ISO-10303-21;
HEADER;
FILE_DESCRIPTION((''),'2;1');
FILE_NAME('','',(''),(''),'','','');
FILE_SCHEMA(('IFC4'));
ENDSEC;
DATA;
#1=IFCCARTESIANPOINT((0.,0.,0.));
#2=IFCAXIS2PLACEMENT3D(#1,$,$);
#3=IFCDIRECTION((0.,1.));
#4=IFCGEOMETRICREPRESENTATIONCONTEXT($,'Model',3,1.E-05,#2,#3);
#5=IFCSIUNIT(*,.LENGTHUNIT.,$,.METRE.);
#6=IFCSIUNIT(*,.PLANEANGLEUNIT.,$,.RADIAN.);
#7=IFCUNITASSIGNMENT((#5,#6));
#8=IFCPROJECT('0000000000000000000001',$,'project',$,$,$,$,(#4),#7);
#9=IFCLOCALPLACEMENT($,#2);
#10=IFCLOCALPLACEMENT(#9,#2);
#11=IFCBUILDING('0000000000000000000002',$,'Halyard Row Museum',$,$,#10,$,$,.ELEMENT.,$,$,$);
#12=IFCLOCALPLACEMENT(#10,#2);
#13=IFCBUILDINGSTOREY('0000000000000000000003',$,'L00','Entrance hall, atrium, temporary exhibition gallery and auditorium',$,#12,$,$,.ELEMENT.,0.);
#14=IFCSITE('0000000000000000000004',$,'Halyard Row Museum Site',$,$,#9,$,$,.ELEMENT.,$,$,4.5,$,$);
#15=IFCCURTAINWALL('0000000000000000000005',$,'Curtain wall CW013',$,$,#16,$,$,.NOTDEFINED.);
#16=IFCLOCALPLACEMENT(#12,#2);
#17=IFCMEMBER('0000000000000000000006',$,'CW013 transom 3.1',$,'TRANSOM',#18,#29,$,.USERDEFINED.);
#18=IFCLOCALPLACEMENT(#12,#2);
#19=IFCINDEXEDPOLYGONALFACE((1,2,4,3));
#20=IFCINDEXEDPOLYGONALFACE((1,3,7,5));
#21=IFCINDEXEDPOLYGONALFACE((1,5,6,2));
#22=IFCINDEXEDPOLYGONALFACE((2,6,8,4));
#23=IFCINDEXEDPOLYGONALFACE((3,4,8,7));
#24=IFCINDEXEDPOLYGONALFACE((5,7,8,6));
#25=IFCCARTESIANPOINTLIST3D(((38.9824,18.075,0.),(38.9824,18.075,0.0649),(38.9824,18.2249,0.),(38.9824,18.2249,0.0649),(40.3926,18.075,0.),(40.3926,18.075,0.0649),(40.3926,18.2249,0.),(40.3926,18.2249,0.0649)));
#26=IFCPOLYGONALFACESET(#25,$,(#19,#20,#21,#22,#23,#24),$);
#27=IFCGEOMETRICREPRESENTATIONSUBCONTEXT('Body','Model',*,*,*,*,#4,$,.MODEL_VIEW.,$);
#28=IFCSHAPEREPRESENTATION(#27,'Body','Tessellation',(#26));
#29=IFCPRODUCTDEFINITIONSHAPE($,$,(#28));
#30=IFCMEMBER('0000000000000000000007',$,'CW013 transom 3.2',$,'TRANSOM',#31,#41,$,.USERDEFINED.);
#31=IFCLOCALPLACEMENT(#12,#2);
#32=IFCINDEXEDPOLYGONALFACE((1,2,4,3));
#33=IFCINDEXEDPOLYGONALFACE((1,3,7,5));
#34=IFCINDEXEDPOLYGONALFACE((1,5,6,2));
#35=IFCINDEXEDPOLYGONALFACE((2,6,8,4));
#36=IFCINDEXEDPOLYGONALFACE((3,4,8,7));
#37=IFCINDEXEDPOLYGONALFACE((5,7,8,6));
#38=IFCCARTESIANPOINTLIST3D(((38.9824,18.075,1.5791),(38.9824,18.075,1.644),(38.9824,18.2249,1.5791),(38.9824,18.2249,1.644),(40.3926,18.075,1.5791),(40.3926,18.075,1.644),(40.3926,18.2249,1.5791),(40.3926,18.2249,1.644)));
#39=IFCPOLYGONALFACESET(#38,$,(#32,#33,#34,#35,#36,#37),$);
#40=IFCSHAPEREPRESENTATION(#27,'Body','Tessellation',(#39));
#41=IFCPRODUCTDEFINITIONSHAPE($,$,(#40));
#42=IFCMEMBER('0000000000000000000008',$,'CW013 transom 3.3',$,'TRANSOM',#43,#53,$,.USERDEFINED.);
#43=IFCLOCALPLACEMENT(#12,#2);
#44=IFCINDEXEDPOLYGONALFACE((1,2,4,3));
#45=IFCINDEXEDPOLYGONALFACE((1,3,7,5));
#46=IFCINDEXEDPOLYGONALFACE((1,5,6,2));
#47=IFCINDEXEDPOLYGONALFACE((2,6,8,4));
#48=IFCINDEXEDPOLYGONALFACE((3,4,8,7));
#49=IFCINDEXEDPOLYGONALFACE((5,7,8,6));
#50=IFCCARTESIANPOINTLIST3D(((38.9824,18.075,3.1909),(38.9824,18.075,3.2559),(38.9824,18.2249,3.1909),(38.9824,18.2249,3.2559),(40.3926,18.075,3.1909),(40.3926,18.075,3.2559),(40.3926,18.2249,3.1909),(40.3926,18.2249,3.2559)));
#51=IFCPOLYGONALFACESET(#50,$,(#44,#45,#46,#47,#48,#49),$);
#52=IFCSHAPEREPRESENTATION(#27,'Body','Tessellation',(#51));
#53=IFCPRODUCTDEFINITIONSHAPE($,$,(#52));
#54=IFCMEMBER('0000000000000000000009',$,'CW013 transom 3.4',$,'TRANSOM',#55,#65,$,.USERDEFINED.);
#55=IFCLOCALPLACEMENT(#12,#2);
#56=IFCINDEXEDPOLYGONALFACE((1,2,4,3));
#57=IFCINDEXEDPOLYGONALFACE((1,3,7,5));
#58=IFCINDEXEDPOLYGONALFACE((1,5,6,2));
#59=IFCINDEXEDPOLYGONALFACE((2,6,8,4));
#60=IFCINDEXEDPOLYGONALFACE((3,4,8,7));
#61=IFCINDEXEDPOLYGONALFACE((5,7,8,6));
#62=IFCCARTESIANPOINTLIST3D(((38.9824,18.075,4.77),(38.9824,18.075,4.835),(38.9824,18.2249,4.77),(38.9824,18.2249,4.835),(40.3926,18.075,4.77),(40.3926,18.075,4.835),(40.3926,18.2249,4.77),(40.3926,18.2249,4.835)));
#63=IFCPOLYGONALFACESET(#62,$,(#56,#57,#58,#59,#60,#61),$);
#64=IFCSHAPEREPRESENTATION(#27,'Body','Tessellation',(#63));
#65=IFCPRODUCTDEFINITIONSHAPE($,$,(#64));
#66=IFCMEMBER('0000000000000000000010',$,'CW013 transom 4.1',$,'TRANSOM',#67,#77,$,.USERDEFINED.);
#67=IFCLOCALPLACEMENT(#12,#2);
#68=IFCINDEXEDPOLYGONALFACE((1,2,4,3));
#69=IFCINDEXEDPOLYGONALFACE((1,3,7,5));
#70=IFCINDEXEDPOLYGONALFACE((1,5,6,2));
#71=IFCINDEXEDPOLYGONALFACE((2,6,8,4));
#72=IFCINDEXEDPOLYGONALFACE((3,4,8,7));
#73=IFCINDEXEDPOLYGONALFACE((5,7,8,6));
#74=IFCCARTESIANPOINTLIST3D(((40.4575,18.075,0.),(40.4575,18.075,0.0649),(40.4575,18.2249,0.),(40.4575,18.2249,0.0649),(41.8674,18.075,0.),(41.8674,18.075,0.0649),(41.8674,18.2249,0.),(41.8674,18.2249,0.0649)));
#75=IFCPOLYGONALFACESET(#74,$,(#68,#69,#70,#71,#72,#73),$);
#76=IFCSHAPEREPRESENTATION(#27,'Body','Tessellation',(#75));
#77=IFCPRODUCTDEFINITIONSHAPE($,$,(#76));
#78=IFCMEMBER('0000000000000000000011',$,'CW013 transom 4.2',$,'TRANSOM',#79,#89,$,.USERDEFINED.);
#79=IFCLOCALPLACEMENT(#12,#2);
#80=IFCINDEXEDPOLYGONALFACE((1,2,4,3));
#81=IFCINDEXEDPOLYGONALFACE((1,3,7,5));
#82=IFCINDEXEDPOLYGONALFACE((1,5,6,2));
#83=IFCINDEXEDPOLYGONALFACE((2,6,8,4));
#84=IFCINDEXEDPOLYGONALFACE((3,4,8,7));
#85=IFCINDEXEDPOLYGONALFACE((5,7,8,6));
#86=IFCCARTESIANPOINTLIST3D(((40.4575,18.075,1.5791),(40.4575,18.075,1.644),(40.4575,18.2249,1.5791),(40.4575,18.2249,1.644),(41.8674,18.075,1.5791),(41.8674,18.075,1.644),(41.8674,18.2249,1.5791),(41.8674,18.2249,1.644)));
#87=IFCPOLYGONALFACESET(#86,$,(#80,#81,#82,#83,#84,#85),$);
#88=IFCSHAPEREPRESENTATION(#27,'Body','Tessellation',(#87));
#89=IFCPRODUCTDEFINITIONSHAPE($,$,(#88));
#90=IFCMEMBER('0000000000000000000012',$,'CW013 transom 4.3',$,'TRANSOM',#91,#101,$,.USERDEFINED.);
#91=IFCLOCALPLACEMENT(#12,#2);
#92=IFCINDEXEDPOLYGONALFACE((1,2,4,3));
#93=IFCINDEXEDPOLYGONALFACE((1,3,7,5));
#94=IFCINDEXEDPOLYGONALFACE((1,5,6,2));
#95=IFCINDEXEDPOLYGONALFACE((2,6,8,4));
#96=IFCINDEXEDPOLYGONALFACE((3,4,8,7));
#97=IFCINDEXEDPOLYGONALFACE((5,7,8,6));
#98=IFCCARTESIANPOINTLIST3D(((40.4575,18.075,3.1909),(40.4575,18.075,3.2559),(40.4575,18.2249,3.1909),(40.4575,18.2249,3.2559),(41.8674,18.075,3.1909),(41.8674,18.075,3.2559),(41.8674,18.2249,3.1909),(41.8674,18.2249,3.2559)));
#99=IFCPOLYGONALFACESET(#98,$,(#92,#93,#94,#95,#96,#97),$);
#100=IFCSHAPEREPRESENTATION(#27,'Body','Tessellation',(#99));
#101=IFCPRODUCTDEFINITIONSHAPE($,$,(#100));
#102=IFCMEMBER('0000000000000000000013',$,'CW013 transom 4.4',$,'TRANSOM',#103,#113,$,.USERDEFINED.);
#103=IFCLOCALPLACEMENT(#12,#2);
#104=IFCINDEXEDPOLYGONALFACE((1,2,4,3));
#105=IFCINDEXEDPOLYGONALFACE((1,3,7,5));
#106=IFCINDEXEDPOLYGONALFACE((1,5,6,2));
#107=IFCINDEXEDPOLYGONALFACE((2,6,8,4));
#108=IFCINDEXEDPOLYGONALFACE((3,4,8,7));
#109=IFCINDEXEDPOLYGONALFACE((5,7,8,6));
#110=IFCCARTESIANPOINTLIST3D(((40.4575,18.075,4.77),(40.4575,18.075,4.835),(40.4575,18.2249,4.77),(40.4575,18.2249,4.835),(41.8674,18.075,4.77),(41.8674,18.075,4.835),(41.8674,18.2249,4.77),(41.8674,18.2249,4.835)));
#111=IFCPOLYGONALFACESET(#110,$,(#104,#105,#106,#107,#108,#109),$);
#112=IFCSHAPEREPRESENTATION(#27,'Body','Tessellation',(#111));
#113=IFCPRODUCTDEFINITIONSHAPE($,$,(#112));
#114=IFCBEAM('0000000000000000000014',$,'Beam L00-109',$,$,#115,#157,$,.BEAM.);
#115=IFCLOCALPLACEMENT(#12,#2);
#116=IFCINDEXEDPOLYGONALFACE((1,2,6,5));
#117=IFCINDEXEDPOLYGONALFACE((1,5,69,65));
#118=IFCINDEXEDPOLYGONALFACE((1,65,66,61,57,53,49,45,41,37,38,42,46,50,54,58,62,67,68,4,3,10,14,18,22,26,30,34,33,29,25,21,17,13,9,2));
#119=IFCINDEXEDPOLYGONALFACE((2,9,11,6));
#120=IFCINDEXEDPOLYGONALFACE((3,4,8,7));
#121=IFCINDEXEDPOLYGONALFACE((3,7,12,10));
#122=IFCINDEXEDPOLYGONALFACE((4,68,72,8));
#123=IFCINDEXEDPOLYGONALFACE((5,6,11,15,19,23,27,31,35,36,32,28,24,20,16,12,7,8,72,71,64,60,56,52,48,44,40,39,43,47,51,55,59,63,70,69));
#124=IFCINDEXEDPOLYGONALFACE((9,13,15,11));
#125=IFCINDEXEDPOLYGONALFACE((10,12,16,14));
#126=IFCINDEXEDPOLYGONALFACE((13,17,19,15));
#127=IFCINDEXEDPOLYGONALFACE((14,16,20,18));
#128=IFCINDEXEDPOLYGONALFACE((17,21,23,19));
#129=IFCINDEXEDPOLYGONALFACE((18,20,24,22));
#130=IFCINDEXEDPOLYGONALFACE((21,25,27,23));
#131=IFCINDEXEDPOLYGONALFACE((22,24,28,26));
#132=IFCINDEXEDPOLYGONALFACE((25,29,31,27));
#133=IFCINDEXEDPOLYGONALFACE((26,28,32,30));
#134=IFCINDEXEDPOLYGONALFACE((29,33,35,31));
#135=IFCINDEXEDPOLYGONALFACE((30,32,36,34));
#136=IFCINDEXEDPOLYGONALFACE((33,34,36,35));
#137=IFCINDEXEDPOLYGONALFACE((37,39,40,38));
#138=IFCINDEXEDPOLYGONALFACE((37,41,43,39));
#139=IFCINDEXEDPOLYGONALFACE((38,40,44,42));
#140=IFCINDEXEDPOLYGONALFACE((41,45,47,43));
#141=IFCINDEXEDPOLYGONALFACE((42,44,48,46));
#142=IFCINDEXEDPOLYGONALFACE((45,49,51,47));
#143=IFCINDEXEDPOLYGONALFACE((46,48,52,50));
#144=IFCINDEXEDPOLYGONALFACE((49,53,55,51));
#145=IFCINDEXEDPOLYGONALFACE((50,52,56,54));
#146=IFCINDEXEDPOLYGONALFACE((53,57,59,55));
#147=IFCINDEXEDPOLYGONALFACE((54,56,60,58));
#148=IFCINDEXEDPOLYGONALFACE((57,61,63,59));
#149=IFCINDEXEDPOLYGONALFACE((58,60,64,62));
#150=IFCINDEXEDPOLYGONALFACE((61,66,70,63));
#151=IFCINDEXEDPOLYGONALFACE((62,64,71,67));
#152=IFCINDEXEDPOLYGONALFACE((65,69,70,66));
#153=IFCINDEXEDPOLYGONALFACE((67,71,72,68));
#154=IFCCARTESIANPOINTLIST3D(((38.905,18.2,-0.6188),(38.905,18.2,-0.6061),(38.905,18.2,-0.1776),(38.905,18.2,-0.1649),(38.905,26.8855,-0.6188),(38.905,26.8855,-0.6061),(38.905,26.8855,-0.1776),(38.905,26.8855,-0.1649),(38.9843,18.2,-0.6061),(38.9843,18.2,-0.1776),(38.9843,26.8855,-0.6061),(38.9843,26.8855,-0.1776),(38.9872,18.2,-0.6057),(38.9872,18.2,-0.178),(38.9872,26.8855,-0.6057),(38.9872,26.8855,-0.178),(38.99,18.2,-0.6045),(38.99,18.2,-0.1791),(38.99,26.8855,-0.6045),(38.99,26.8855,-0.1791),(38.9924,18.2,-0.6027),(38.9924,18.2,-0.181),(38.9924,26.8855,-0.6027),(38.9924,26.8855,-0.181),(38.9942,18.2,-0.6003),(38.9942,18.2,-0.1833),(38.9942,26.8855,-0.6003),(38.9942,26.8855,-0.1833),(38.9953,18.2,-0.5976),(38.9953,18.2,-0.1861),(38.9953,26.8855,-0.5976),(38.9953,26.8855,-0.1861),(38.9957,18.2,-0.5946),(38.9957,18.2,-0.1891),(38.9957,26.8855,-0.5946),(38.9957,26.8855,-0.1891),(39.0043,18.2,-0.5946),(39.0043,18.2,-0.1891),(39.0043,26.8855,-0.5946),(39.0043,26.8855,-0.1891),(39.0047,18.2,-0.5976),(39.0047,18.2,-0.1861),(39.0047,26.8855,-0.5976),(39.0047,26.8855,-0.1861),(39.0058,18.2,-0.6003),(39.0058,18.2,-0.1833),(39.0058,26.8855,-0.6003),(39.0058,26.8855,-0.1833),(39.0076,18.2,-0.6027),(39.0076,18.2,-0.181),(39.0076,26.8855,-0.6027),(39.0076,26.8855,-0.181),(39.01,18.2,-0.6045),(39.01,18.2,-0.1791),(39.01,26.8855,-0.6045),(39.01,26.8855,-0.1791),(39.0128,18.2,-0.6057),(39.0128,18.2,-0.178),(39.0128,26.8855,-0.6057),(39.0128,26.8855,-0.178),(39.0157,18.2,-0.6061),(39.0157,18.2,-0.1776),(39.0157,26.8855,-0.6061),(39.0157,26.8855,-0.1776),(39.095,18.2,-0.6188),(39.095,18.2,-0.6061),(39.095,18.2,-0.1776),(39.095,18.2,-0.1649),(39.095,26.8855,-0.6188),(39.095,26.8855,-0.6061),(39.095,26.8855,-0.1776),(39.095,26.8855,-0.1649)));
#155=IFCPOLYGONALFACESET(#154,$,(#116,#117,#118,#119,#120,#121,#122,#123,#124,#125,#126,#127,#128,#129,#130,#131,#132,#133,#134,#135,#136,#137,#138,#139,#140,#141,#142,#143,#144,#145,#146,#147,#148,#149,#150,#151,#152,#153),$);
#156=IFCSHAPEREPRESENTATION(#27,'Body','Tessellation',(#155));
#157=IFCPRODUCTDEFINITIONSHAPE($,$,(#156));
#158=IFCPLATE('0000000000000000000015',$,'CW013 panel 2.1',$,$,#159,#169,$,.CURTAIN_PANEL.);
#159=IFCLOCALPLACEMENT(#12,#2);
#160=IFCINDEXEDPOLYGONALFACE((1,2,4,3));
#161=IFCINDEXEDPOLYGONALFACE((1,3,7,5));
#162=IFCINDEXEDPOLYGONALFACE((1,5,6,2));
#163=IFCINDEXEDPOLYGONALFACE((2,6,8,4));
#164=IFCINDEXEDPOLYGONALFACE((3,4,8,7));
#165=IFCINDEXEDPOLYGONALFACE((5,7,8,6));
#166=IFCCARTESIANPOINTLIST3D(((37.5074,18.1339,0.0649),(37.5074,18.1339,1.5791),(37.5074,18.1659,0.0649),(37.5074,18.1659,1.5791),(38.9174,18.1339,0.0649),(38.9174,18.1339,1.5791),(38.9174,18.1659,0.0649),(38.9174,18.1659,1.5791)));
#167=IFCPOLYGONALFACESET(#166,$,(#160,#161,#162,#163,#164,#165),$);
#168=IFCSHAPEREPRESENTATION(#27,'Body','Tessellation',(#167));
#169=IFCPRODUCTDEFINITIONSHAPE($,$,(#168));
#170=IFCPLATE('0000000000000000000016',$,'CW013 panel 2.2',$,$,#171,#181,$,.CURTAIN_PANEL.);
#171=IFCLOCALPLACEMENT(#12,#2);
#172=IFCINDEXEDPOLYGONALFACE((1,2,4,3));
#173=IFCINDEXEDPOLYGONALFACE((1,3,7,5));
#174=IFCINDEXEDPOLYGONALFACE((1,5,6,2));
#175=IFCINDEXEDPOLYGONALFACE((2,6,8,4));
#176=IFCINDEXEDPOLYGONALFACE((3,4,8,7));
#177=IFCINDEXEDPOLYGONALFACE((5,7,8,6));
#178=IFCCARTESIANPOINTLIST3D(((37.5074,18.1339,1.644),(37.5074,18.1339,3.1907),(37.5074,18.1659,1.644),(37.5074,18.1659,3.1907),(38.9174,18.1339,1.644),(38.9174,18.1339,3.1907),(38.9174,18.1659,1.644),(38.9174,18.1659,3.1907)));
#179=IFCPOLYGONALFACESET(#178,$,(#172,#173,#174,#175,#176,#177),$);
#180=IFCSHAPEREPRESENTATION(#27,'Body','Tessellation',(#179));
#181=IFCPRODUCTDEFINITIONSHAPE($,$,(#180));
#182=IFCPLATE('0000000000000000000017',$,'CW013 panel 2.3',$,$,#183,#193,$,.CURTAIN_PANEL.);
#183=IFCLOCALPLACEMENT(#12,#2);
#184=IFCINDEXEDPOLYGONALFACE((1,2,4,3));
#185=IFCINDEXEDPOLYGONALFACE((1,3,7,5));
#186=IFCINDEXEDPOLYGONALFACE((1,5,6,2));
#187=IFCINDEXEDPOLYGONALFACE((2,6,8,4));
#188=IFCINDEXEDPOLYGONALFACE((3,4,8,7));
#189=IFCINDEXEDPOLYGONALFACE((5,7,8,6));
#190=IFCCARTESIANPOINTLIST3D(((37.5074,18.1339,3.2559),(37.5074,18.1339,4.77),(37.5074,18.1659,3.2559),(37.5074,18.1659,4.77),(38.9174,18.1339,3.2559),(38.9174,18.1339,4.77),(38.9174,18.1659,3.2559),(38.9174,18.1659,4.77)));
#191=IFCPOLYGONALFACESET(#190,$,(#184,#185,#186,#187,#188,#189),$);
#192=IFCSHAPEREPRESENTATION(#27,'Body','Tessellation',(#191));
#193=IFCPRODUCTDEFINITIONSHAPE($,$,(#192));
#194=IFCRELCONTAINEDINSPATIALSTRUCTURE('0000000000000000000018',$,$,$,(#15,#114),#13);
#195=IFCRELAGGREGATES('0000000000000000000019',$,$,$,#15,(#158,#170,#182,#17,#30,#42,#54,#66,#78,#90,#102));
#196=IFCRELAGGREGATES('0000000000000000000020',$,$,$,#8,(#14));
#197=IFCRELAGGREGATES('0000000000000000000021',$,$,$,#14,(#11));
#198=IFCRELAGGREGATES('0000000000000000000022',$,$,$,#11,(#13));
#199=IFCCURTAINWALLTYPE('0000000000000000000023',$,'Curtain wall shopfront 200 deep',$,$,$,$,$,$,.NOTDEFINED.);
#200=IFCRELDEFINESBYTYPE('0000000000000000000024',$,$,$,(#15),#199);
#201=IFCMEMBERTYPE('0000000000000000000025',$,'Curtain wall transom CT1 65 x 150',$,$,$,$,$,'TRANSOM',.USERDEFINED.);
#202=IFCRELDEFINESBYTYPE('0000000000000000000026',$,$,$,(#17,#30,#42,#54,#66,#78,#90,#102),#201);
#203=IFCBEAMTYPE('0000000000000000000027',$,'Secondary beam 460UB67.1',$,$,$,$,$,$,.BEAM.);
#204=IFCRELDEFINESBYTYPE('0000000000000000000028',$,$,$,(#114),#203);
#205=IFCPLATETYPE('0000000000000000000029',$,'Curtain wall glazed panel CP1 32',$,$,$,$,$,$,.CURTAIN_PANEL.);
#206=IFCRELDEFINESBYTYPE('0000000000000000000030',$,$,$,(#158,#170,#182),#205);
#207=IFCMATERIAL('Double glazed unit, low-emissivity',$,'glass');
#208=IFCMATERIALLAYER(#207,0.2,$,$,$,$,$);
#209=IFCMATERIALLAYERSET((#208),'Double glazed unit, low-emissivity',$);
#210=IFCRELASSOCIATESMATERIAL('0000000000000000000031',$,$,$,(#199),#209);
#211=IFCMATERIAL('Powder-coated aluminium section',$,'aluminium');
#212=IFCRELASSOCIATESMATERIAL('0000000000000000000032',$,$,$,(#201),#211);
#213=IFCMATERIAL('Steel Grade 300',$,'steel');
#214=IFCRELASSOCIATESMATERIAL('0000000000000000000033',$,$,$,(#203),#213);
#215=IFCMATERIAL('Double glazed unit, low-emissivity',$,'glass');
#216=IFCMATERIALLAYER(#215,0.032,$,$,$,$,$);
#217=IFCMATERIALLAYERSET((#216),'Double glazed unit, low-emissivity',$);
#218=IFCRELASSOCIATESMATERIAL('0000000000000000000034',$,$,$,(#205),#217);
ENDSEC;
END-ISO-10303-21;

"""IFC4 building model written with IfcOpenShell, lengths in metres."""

from ifc_helpers import new_model, si_unit, direction, frame, origin, origin_2d, place, context, subcontext, project, spatial, rectangle, i_section, extrude, material, layer, layer_set, material_profile, profile_set, type_object, element, aggregate, save


model = new_model("IFC4")

# Units and contexts
model_context = context("Model", 3, precision=1e-05, world=origin(), true_north=direction((0.0, 1.0)))
body_context = subcontext(model_context, "Body", "Model", "MODEL_VIEW")
ifc_project = project(units=[si_unit("LENGTHUNIT", "METRE"), si_unit("PLANEANGLEUNIT", "RADIAN")], contexts=[model_context])

# Site, building, storey
site_placement = place(None, origin())
site = spatial("IfcSite", under=ifc_project, at=site_placement, Name="Halyard Row Museum Site", CompositionType="ELEMENT", RefElevation=4.5)
building_placement = place(site_placement, origin())
building = spatial("IfcBuilding", under=site, at=building_placement, Name="Halyard Row Museum", CompositionType="ELEMENT")
storey_placement = place(building_placement, origin())
storey = spatial("IfcBuildingStorey", under=building, at=storey_placement, Name="L00", Description="Entrance hall, atrium, temporary exhibition gallery and auditorium", CompositionType="ELEMENT", Elevation=0.0)

# Curtain wall, members
ifc_material_1 = material(Name="Double glazed unit, low-emissivity", Category="glass")
ifc_layer_1 = layer(ifc_material_1, 0.2)
ifc_layer_set_1 = layer_set([ifc_layer_1], Name="Double glazed unit, low-emissivity")
curtain_wall_type = type_object("IfcCurtainWallType", Name="Curtain wall shopfront 200 deep", PredefinedType="NOTDEFINED", material=ifc_layer_set_1)
curtain_wall_placement = place(storey_placement, origin())
curtain_wall = element("IfcCurtainWall", 1, at=curtain_wall_placement, inside=storey, type_object=curtain_wall_type, Name="Curtain wall CW013", PredefinedType="NOTDEFINED")
ifc_material_2 = material(Name="Powder-coated aluminium section", Category="aluminium")
ifc_material_profile_1 = material_profile(ifc_material_2, rectangle(XDim=0.1499, YDim=0.0649, at=origin_2d()), Name="150x65 transom")
ifc_profile_set_1 = profile_set([ifc_material_profile_1], Name="Powder-coated aluminium section")
member_type_1 = type_object("IfcMemberType", Name="Curtain wall transom CT1 65 x 150", ElementType="TRANSOM", PredefinedType="USERDEFINED", material=ifc_profile_set_1)
member_1_placement = place(storey_placement, frame((38.9824, 18.1499, 0.0325), z_axis=(1.0, 0.0, 0.0), x_axis=(0.0, 1.0, 0.0)))
member_1 = element("IfcMember", 2, at=member_1_placement, type_object=member_type_1, Name="CW013 transom 3.1", ObjectType="TRANSOM", PredefinedType="USERDEFINED", context=body_context, shape_type="SweptSolid", body=[
    extrude(rectangle(XDim=0.1499, YDim=0.0649, at=origin_2d()), origin(), (0.0, 0.0, 1.0), 1.4102),
])
member_2_placement = place(storey_placement, frame((38.9824, 18.1499, 1.6116), z_axis=(1.0, 0.0, 0.0), x_axis=(0.0, 1.0, 0.0)))
member_2 = element("IfcMember", 3, at=member_2_placement, type_object=member_type_1, Name="CW013 transom 3.2", ObjectType="TRANSOM", PredefinedType="USERDEFINED", context=body_context, shape_type="SweptSolid", body=[
    extrude(rectangle(XDim=0.1499, YDim=0.0649, at=origin_2d()), origin(), (0.0, 0.0, 1.0), 1.4102),
])
member_3_placement = place(storey_placement, frame((38.9824, 18.1499, 3.2234), z_axis=(1.0, 0.0, 0.0), x_axis=(0.0, 1.0, 0.0)))
member_3 = element("IfcMember", 4, at=member_3_placement, type_object=member_type_1, Name="CW013 transom 3.3", ObjectType="TRANSOM", PredefinedType="USERDEFINED", context=body_context, shape_type="SweptSolid", body=[
    extrude(rectangle(XDim=0.1499, YDim=0.0649, at=origin_2d()), origin(), (0.0, 0.0, 1.0), 1.4102),
])
member_4_placement = place(storey_placement, frame((38.9824, 18.1499, 4.8025), z_axis=(1.0, 0.0, 0.0), x_axis=(0.0, 1.0, 0.0)))
member_4 = element("IfcMember", 5, at=member_4_placement, type_object=member_type_1, Name="CW013 transom 3.4", ObjectType="TRANSOM", PredefinedType="USERDEFINED", context=body_context, shape_type="SweptSolid", body=[
    extrude(rectangle(XDim=0.1499, YDim=0.0649, at=origin_2d()), origin(), (0.0, 0.0, 1.0), 1.4102),
])
member_5_placement = place(storey_placement, frame((40.4575, 18.1499, 0.0325), z_axis=(1.0, 0.0, 0.0), x_axis=(0.0, 1.0, 0.0)))
member_5 = element("IfcMember", 6, at=member_5_placement, type_object=member_type_1, Name="CW013 transom 4.1", ObjectType="TRANSOM", PredefinedType="USERDEFINED", context=body_context, shape_type="SweptSolid", body=[
    extrude(rectangle(XDim=0.1499, YDim=0.0649, at=origin_2d()), origin(), (0.0, 0.0, 1.0), 1.4099),
])
member_6_placement = place(storey_placement, frame((40.4575, 18.1499, 1.6116), z_axis=(1.0, 0.0, 0.0), x_axis=(0.0, 1.0, 0.0)))
member_6 = element("IfcMember", 7, at=member_6_placement, type_object=member_type_1, Name="CW013 transom 4.2", ObjectType="TRANSOM", PredefinedType="USERDEFINED", context=body_context, shape_type="SweptSolid", body=[
    extrude(rectangle(XDim=0.1499, YDim=0.0649, at=origin_2d()), origin(), (0.0, 0.0, 1.0), 1.4099),
])
member_7_placement = place(storey_placement, frame((40.4575, 18.1499, 3.2234), z_axis=(1.0, 0.0, 0.0), x_axis=(0.0, 1.0, 0.0)))
member_7 = element("IfcMember", 8, at=member_7_placement, type_object=member_type_1, Name="CW013 transom 4.3", ObjectType="TRANSOM", PredefinedType="USERDEFINED", context=body_context, shape_type="SweptSolid", body=[
    extrude(rectangle(XDim=0.1499, YDim=0.0649, at=origin_2d()), origin(), (0.0, 0.0, 1.0), 1.4099),
])
member_8_placement = place(storey_placement, frame((40.4575, 18.1499, 4.8025), z_axis=(1.0, 0.0, 0.0), x_axis=(0.0, 1.0, 0.0)))
member_8 = element("IfcMember", 9, at=member_8_placement, type_object=member_type_1, Name="CW013 transom 4.4", ObjectType="TRANSOM", PredefinedType="USERDEFINED", context=body_context, shape_type="SweptSolid", body=[
    extrude(rectangle(XDim=0.1499, YDim=0.0649, at=origin_2d()), origin(), (0.0, 0.0, 1.0), 1.4099),
])

# Beam
ifc_material_3 = material(Name="Steel Grade 300", Category="steel")
ifc_material_profile_2 = material_profile(ifc_material_3, i_section(OverallWidth=0.1899, OverallDepth=0.4539, WebThickness=0.0085, FlangeThickness=0.0127, FilletRadius=0.0115, at=origin_2d()), Name="460UB67.1")
ifc_profile_set_2 = profile_set([ifc_material_profile_2], Name="Steel Grade 300")
beam_type = type_object("IfcBeamType", Name="Secondary beam 460UB67.1", PredefinedType="BEAM", material=ifc_profile_set_2)
beam_placement = place(storey_placement, frame((39.0, 18.2, -0.3918), z_axis=(0.0, 1.0, 0.0), x_axis=(-1.0, 0.0, 0.0)))
element("IfcBeam", 10, at=beam_placement, inside=storey, type_object=beam_type, Name="Beam L00-109", PredefinedType="BEAM", context=body_context, shape_type="SweptSolid", body=[
    extrude(i_section(OverallWidth=0.1899, OverallDepth=0.4539, WebThickness=0.0085, FlangeThickness=0.0127, FilletRadius=0.0115, at=origin_2d()), origin(), (0.0, 0.0, 1.0), 8.6855),
])

# Plates
ifc_material_4 = material(Name="Double glazed unit, low-emissivity", Category="glass")
ifc_layer_2 = layer(ifc_material_4, 0.032)
ifc_layer_set_2 = layer_set([ifc_layer_2], Name="Double glazed unit, low-emissivity")
plate_type = type_object("IfcPlateType", Name="Curtain wall glazed panel CP1 32", PredefinedType="CURTAIN_PANEL", material=ifc_layer_set_2)
plate_1_placement = place(storey_placement, frame((38.2124, 18.1499, 0.0649), z_axis=(0.0, 0.0, 1.0), x_axis=(1.0, 0.0, 0.0)))
plate_1 = element("IfcPlate", 11, at=plate_1_placement, type_object=plate_type, Name="CW013 panel 2.1", PredefinedType="CURTAIN_PANEL", context=body_context, shape_type="SweptSolid", body=[
    extrude(rectangle(XDim=1.4099, YDim=0.032, at=origin_2d()), origin(), (0.0, 0.0, 1.0), 1.5142),
])
plate_2_placement = place(storey_placement, frame((38.2124, 18.1499, 1.644), z_axis=(0.0, 0.0, 1.0), x_axis=(1.0, 0.0, 0.0)))
plate_2 = element("IfcPlate", 12, at=plate_2_placement, type_object=plate_type, Name="CW013 panel 2.2", PredefinedType="CURTAIN_PANEL", context=body_context, shape_type="SweptSolid", body=[
    extrude(rectangle(XDim=1.4099, YDim=0.032, at=origin_2d()), origin(), (0.0, 0.0, 1.0), 1.5466),
])
plate_3_placement = place(storey_placement, frame((38.2124, 18.1499, 3.2559), z_axis=(0.0, 0.0, 1.0), x_axis=(1.0, 0.0, 0.0)))
plate_3 = element("IfcPlate", 13, at=plate_3_placement, type_object=plate_type, Name="CW013 panel 2.3", PredefinedType="CURTAIN_PANEL", context=body_context, shape_type="SweptSolid", body=[
    extrude(rectangle(XDim=1.4099, YDim=0.032, at=origin_2d()), origin(), (0.0, 0.0, 1.0), 1.5142),
])
aggregate(curtain_wall, [plate_1, plate_2, plate_3, member_1, member_2, member_3, member_4, member_5, member_6, member_7, member_8])

save(model, "model.ifc")
